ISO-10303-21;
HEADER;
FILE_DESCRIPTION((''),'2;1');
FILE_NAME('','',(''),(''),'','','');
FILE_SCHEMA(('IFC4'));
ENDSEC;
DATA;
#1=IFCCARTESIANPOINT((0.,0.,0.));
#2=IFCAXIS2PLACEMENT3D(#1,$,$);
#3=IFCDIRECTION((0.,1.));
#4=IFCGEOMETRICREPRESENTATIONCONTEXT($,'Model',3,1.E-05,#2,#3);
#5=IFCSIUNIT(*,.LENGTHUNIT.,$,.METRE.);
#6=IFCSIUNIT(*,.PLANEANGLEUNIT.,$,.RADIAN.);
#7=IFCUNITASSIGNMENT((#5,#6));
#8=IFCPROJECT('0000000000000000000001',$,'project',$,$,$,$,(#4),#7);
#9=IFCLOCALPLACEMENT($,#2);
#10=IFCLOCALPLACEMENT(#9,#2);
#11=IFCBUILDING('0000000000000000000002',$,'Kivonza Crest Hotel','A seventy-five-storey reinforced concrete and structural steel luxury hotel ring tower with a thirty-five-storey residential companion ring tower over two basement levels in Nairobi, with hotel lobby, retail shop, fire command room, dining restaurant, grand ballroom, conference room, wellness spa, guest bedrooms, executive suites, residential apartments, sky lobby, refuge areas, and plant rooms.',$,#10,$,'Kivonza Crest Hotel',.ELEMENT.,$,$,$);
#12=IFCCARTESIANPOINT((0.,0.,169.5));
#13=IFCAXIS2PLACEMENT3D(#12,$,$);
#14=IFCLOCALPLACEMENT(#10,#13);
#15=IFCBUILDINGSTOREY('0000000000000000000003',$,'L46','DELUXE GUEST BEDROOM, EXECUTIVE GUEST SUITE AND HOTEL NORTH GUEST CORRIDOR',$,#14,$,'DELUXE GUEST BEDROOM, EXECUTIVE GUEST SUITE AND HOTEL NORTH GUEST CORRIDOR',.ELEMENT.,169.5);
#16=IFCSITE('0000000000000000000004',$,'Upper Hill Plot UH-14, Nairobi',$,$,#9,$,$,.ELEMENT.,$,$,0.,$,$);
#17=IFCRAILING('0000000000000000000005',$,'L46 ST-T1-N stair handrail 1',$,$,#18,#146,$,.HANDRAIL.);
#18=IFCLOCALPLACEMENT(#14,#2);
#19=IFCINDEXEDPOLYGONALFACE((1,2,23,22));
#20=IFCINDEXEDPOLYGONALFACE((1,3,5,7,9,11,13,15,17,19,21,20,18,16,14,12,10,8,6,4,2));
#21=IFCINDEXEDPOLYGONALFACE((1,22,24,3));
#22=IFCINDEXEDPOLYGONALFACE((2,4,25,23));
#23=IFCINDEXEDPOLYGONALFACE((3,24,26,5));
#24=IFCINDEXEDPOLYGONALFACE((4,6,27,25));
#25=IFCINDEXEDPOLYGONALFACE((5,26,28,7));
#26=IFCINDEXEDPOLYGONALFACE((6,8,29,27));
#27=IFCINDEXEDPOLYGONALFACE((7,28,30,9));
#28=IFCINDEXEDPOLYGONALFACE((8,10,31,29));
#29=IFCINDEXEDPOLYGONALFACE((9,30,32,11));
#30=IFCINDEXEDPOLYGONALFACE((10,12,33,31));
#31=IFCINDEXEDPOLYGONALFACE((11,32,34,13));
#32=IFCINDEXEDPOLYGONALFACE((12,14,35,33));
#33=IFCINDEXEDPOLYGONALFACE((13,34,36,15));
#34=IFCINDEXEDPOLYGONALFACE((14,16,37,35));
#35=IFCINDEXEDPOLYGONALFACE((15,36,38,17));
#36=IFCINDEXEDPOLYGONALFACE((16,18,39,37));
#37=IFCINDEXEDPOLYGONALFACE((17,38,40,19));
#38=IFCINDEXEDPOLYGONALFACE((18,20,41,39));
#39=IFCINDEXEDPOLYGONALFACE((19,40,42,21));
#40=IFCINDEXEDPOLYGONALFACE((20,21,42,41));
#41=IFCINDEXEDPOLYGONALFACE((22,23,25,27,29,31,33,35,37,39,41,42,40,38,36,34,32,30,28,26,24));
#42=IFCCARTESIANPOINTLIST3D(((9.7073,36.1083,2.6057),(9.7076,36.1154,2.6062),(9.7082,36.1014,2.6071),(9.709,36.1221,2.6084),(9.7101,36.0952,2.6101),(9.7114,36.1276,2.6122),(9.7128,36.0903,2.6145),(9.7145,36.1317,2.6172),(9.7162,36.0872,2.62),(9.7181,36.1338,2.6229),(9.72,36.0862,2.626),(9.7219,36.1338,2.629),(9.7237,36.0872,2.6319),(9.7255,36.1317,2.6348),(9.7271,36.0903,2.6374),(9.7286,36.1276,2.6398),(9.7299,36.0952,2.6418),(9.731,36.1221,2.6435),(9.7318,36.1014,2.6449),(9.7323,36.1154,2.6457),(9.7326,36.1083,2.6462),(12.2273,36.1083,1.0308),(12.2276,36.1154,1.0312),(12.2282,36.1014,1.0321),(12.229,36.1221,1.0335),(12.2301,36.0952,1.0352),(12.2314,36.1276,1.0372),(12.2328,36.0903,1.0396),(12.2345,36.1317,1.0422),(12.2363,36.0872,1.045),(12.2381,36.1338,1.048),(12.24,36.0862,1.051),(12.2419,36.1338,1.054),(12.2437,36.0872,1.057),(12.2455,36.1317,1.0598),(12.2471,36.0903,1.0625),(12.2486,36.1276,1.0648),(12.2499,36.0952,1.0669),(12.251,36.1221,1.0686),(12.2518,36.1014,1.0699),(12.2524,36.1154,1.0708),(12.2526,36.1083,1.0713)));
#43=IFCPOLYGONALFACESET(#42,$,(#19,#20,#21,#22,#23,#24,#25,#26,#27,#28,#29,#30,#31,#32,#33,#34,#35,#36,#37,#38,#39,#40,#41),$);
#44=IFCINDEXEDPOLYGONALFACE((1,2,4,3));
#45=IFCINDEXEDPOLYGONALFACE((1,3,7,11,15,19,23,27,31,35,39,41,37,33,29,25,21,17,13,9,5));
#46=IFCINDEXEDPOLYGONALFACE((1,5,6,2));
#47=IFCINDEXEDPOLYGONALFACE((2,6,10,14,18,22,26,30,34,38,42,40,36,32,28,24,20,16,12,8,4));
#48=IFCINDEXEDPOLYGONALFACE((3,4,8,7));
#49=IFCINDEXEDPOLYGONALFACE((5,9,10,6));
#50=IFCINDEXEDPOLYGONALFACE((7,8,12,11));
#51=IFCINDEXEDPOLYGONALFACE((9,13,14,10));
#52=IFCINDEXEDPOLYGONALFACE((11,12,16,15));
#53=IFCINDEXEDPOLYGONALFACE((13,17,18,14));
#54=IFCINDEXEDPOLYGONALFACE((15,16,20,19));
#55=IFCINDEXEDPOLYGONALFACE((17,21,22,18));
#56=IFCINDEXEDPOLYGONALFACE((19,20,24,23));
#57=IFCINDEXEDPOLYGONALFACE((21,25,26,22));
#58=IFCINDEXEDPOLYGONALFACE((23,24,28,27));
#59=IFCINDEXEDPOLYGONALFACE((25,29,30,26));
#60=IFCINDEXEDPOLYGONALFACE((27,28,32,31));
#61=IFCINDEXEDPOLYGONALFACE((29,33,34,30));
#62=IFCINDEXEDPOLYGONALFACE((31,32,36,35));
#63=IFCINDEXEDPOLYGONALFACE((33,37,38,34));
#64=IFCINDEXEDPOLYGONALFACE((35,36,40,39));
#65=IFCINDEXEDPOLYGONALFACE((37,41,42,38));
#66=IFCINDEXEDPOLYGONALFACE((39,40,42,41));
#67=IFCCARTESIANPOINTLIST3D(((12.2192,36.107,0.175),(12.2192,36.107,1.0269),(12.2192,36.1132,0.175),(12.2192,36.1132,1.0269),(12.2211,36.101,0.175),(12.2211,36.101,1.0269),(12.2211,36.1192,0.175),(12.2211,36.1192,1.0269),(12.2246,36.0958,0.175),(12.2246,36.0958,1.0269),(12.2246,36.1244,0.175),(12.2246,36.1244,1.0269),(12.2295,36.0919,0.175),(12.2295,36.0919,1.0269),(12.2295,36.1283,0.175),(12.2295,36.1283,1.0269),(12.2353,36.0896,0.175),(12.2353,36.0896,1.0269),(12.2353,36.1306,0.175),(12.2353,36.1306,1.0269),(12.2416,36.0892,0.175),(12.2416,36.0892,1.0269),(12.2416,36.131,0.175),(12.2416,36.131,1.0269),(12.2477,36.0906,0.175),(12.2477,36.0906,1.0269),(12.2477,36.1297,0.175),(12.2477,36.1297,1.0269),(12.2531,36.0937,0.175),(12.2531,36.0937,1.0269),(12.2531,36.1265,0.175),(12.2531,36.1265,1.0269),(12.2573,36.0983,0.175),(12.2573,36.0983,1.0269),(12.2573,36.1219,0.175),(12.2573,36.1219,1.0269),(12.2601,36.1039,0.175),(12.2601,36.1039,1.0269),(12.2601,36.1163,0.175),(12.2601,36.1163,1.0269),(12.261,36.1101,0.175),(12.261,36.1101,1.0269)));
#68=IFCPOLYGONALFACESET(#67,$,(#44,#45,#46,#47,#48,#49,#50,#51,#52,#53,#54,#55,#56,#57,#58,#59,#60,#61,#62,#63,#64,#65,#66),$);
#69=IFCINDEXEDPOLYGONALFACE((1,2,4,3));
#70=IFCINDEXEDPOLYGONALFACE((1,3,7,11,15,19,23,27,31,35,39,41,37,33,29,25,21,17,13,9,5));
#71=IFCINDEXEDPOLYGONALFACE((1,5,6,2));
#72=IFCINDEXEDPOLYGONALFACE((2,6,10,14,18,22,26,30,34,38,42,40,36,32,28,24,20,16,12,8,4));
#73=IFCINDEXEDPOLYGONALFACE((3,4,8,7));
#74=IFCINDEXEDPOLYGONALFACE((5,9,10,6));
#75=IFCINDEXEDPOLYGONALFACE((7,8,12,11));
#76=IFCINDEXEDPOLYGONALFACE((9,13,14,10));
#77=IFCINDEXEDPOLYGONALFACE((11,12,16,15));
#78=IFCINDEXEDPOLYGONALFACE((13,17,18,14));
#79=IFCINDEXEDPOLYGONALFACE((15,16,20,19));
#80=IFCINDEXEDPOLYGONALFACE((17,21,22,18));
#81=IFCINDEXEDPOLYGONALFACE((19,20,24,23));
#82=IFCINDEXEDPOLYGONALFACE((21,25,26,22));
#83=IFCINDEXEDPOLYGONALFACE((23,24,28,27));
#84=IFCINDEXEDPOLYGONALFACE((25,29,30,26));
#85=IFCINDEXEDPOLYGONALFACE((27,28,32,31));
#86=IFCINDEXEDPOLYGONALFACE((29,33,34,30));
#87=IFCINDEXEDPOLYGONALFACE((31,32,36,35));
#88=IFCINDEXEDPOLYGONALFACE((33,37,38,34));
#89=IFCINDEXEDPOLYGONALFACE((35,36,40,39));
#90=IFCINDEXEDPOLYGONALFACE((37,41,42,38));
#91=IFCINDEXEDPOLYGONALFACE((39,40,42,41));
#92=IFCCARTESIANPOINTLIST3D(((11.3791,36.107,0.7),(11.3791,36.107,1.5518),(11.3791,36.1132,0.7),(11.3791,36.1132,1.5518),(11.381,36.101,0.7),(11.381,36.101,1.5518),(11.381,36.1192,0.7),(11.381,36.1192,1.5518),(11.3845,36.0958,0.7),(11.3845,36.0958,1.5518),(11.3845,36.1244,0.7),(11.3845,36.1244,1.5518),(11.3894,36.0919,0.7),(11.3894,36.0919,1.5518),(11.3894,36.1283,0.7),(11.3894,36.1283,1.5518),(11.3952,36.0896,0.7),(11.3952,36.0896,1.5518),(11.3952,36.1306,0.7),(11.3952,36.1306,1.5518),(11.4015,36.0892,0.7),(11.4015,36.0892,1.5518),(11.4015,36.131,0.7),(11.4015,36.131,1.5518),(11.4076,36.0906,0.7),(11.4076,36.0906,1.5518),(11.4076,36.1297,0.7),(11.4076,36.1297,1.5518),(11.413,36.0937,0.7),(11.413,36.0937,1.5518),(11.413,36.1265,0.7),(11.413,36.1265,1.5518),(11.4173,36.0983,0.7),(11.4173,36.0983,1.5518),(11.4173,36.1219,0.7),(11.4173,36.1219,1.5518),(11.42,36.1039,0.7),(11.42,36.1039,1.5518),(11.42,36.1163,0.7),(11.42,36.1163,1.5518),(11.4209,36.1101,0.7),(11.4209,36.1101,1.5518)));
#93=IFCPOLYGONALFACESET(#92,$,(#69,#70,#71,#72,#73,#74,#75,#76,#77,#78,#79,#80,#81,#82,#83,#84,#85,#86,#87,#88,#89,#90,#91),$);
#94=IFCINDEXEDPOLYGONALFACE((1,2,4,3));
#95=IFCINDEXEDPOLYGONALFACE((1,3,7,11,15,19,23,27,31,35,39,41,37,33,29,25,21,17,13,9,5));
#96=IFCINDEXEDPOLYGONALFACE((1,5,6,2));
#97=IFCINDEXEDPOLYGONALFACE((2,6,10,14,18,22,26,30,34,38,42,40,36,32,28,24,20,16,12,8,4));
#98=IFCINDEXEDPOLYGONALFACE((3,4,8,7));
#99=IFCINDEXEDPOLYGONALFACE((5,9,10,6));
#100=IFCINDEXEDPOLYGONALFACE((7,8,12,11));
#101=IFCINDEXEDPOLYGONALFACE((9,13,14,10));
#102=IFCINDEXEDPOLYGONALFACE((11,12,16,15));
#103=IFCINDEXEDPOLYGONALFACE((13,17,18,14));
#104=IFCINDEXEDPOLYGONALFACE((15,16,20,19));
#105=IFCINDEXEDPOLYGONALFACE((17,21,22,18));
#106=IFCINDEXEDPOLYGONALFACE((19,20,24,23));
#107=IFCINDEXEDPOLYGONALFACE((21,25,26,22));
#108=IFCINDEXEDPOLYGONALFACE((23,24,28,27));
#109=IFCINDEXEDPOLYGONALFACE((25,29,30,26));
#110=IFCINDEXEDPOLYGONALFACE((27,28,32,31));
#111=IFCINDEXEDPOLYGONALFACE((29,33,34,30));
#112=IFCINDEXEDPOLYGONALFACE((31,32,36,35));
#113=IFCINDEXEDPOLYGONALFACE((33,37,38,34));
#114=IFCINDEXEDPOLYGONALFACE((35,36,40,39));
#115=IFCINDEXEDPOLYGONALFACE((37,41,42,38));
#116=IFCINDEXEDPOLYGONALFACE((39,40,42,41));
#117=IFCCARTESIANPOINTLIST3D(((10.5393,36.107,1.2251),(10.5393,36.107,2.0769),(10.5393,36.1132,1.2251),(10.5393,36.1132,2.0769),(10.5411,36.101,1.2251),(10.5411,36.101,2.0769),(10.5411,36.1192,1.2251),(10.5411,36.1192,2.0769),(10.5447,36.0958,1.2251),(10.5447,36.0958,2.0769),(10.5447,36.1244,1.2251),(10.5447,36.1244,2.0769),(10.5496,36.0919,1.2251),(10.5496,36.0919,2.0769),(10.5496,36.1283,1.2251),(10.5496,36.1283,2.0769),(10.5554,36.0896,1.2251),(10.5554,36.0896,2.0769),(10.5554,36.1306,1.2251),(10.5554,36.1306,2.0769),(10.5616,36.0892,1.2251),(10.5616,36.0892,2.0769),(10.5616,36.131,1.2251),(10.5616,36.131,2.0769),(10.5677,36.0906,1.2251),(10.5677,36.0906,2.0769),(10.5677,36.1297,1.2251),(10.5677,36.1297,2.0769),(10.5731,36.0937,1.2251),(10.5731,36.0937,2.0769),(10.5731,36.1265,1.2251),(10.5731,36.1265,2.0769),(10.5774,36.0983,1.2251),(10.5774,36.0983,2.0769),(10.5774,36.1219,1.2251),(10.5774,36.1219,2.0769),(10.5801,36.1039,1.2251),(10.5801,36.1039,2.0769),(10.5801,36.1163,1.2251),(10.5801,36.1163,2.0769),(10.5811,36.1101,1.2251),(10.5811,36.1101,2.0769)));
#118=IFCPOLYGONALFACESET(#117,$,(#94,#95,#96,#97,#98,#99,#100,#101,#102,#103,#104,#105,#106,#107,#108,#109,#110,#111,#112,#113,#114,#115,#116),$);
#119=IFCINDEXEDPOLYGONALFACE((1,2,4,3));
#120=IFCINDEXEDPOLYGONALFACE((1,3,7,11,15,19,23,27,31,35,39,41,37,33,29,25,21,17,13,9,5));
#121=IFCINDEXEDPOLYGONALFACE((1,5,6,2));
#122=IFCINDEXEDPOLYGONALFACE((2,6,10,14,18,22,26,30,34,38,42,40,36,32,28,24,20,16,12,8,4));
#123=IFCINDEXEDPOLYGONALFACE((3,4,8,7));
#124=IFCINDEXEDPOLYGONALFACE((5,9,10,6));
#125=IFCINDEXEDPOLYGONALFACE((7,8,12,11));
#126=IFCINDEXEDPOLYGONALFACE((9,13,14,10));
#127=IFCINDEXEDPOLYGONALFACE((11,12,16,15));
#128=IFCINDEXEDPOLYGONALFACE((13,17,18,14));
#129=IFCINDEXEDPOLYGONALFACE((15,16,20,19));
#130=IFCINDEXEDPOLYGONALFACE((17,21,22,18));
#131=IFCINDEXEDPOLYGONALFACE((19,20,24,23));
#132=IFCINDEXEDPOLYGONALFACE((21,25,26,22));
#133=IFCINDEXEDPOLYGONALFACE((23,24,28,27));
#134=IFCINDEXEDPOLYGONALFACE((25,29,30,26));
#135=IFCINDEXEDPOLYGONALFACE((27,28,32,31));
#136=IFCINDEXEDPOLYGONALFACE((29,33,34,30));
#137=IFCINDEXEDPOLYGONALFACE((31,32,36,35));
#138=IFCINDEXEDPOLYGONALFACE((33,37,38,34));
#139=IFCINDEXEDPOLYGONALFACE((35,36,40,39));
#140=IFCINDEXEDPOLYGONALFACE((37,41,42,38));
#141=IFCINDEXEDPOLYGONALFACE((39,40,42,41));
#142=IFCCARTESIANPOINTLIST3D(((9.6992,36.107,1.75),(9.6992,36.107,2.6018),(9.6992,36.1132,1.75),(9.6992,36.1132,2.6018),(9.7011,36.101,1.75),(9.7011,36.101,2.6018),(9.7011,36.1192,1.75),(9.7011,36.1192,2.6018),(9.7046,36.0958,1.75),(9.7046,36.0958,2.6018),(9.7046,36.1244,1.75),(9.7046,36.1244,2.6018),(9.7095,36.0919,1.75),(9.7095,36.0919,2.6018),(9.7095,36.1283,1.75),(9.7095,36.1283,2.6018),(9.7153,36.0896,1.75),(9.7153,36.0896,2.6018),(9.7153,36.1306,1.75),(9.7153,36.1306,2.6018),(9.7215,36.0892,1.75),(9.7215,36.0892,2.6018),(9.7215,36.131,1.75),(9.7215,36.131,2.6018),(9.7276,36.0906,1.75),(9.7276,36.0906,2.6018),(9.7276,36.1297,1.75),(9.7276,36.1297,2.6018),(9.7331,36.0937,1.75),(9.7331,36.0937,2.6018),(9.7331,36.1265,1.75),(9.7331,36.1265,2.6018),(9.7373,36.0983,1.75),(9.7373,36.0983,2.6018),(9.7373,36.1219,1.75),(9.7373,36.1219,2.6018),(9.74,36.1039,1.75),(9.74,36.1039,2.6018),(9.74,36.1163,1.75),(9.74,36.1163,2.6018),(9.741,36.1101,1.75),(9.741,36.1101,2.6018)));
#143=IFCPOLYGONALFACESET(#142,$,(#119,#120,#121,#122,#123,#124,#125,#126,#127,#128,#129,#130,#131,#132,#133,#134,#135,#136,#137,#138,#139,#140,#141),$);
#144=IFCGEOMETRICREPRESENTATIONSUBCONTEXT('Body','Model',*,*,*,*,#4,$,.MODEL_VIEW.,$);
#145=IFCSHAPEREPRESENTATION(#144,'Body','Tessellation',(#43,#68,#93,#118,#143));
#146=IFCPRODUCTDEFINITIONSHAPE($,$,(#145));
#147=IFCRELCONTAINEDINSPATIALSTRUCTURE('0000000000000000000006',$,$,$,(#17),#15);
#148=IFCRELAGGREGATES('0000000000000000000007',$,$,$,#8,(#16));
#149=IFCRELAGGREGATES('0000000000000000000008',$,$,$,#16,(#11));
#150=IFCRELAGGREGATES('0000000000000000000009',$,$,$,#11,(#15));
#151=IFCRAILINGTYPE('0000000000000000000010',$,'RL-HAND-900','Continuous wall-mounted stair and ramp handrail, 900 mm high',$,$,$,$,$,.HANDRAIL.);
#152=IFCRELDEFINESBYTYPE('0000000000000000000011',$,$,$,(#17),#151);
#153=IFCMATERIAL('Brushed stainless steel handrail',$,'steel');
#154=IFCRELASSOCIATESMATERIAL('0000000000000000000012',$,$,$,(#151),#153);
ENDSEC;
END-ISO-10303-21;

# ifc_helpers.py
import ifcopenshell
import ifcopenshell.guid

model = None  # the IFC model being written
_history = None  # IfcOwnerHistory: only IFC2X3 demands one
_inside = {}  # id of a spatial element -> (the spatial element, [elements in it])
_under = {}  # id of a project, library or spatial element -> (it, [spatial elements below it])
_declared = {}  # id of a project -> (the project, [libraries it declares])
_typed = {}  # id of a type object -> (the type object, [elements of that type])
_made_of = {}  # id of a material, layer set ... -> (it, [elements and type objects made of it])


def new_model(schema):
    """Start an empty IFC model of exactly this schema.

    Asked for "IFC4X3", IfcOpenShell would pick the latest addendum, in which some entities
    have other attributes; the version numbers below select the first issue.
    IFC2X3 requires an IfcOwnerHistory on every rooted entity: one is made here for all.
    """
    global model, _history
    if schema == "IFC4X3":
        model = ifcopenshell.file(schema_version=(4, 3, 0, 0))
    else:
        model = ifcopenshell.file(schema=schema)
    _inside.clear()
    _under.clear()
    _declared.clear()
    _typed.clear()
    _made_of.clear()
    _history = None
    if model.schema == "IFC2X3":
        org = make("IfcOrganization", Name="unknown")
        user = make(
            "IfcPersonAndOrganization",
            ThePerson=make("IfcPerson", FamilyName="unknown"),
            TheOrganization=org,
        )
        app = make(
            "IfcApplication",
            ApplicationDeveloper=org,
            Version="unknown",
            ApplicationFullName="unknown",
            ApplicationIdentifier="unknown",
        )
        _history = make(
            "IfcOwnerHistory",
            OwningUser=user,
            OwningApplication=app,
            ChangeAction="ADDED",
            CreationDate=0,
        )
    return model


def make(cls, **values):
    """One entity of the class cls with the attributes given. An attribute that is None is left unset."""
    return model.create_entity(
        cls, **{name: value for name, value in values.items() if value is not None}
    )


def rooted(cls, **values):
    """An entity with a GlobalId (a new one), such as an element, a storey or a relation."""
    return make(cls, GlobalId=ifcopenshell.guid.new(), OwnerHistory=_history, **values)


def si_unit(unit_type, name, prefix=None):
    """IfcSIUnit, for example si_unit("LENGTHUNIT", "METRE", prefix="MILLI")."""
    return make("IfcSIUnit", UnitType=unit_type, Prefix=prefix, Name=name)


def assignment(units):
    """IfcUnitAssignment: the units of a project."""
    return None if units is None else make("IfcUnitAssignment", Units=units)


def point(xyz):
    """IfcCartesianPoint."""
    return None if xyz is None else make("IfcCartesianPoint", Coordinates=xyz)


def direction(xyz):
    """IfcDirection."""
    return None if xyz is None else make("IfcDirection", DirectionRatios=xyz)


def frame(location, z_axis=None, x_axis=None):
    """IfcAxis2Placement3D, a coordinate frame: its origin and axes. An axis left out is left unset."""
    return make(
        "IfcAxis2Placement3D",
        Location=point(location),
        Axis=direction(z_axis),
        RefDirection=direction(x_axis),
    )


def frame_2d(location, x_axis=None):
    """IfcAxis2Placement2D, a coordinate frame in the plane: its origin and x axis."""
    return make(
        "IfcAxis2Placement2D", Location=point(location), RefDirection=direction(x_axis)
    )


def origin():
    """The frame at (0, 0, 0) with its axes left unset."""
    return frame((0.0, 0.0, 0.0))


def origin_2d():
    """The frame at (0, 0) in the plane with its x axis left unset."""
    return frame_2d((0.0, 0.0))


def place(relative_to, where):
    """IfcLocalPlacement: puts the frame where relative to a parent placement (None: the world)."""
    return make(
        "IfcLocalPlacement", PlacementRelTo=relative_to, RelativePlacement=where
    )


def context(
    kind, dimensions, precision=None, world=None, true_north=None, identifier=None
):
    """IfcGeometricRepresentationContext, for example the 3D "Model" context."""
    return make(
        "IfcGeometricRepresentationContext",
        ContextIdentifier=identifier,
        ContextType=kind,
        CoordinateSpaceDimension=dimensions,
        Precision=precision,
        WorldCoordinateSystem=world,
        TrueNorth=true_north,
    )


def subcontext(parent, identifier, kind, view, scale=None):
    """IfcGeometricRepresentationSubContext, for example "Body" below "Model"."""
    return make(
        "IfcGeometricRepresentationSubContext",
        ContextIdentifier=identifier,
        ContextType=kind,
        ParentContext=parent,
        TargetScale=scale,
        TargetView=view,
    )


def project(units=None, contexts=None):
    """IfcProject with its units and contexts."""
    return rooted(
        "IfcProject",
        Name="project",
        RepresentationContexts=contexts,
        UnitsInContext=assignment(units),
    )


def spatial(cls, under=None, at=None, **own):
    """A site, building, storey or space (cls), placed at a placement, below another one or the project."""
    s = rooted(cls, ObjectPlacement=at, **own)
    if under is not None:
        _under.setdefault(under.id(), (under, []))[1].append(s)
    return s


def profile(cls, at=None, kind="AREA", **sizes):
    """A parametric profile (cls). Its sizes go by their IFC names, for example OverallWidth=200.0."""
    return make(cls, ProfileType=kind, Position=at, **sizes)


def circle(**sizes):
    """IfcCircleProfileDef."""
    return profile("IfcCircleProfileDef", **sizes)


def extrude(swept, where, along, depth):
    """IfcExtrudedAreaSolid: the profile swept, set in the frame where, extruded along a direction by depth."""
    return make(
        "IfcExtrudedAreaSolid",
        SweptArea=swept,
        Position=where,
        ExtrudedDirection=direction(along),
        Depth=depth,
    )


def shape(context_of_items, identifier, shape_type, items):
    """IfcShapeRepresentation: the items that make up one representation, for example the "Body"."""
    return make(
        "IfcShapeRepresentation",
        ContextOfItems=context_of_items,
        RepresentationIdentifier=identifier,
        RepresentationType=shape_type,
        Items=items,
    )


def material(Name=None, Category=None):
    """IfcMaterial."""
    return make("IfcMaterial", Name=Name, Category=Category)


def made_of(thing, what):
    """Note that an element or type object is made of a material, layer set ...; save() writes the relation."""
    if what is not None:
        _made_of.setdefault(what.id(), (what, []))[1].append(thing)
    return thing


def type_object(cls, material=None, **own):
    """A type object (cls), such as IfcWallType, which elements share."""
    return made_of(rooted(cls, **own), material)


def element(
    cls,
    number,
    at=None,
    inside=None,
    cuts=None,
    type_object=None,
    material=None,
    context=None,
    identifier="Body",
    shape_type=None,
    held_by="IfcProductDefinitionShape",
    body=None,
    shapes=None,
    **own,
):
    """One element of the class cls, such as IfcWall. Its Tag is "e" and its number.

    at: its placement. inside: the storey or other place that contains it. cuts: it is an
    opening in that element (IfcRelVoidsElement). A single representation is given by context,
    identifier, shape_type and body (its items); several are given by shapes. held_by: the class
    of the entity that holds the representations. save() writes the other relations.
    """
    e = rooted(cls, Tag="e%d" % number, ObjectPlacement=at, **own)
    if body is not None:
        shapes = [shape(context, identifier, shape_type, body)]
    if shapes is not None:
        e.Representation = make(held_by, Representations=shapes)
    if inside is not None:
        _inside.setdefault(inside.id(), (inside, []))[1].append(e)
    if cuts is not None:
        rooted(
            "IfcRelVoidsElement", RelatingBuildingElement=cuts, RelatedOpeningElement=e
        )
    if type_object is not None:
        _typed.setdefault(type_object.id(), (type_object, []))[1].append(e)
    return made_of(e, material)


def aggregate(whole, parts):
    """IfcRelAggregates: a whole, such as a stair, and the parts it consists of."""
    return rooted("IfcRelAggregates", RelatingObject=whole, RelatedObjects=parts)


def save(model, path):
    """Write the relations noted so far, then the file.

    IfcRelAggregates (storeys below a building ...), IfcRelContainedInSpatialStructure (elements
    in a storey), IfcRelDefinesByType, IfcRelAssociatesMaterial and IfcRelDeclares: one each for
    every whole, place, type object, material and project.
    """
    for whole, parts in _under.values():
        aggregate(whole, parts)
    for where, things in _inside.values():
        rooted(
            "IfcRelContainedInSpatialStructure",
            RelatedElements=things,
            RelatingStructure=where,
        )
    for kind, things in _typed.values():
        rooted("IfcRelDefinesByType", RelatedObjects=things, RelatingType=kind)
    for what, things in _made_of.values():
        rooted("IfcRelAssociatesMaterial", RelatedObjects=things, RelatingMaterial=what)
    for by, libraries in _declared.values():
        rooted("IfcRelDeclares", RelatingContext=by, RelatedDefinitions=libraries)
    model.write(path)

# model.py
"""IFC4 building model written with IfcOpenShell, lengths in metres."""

from ifc_helpers import new_model, si_unit, direction, frame, origin, origin_2d, place, context, subcontext, project, spatial, circle, extrude, material, type_object, element, save


model = new_model("IFC4")

# Units and contexts
model_context = context("Model", 3, precision=1e-05, world=origin(), true_north=direction((0.0, 1.0)))
body_context = subcontext(model_context, "Body", "Model", "MODEL_VIEW")
ifc_project = project(units=[si_unit("LENGTHUNIT", "METRE"), si_unit("PLANEANGLEUNIT", "RADIAN")], contexts=[model_context])

# Site, building, storey
site_placement = place(None, origin())
site = spatial("IfcSite", under=ifc_project, at=site_placement, Name="Upper Hill Plot UH-14, Nairobi", CompositionType="ELEMENT", RefElevation=0.0)
building_placement = place(site_placement, origin())
building = spatial("IfcBuilding", under=site, at=building_placement, Name="Kivonza Crest Hotel", Description="A seventy-five-storey reinforced concrete and structural steel luxury hotel ring tower with a thirty-five-storey residential companion ring tower over two basement levels in Nairobi, with hotel lobby, retail shop, fire command room, dining restaurant, grand ballroom, conference room, wellness spa, guest bedrooms, executive suites, residential apartments, sky lobby, refuge areas, and plant rooms.", LongName="Kivonza Crest Hotel", CompositionType="ELEMENT")
storey_placement = place(building_placement, frame((0.0, 0.0, 169.5)))
storey = spatial("IfcBuildingStorey", under=building, at=storey_placement, Name="L46", Description="DELUXE GUEST BEDROOM, EXECUTIVE GUEST SUITE AND HOTEL NORTH GUEST CORRIDOR", LongName="DELUXE GUEST BEDROOM, EXECUTIVE GUEST SUITE AND HOTEL NORTH GUEST CORRIDOR", CompositionType="ELEMENT", Elevation=169.5)

# Railing
ifc_material_1 = material(Name="Brushed stainless steel handrail", Category="steel")
railing_type_1 = type_object("IfcRailingType", Name="RL-HAND-900", Description="Continuous wall-mounted stair and ramp handrail, 900 mm high", PredefinedType="HANDRAIL", material=ifc_material_1)
railing_1_placement = place(storey_placement, frame((12.24, 36.1101, 0.175)))
element("IfcRailing", 1, at=railing_1_placement, inside=storey, type_object=railing_type_1, Name="L46 ST-T1-N stair handrail 1", PredefinedType="HANDRAIL", context=body_context, shape_type="SweptSolid", body=[
    extrude(circle(Radius=0.0239, at=origin_2d()), frame((0.0, 0.0, 0.876), z_axis=(-0.848008, 0.0, 0.529984), x_axis=(0.0, -1.0, 0.0)), (0.0, 0.0, 1.0), 2.9717),
    extrude(circle(Radius=0.021, at=origin_2d()), origin(), (0.0, 0.0, 1.0), 0.8518),
    extrude(circle(Radius=0.021, at=origin_2d()), frame((-0.8401, 0.0, 0.5249)), (0.0, 0.0, 1.0), 0.8518),
    extrude(circle(Radius=0.021, at=origin_2d()), frame((-1.6799, 0.0, 1.05)), (0.0, 0.0, 1.0), 0.8518),
    extrude(circle(Radius=0.021, at=origin_2d()), frame((-2.52, 0.0, 1.575)), (0.0, 0.0, 1.0), 0.8518),
])

save(model, "model.ifc")
